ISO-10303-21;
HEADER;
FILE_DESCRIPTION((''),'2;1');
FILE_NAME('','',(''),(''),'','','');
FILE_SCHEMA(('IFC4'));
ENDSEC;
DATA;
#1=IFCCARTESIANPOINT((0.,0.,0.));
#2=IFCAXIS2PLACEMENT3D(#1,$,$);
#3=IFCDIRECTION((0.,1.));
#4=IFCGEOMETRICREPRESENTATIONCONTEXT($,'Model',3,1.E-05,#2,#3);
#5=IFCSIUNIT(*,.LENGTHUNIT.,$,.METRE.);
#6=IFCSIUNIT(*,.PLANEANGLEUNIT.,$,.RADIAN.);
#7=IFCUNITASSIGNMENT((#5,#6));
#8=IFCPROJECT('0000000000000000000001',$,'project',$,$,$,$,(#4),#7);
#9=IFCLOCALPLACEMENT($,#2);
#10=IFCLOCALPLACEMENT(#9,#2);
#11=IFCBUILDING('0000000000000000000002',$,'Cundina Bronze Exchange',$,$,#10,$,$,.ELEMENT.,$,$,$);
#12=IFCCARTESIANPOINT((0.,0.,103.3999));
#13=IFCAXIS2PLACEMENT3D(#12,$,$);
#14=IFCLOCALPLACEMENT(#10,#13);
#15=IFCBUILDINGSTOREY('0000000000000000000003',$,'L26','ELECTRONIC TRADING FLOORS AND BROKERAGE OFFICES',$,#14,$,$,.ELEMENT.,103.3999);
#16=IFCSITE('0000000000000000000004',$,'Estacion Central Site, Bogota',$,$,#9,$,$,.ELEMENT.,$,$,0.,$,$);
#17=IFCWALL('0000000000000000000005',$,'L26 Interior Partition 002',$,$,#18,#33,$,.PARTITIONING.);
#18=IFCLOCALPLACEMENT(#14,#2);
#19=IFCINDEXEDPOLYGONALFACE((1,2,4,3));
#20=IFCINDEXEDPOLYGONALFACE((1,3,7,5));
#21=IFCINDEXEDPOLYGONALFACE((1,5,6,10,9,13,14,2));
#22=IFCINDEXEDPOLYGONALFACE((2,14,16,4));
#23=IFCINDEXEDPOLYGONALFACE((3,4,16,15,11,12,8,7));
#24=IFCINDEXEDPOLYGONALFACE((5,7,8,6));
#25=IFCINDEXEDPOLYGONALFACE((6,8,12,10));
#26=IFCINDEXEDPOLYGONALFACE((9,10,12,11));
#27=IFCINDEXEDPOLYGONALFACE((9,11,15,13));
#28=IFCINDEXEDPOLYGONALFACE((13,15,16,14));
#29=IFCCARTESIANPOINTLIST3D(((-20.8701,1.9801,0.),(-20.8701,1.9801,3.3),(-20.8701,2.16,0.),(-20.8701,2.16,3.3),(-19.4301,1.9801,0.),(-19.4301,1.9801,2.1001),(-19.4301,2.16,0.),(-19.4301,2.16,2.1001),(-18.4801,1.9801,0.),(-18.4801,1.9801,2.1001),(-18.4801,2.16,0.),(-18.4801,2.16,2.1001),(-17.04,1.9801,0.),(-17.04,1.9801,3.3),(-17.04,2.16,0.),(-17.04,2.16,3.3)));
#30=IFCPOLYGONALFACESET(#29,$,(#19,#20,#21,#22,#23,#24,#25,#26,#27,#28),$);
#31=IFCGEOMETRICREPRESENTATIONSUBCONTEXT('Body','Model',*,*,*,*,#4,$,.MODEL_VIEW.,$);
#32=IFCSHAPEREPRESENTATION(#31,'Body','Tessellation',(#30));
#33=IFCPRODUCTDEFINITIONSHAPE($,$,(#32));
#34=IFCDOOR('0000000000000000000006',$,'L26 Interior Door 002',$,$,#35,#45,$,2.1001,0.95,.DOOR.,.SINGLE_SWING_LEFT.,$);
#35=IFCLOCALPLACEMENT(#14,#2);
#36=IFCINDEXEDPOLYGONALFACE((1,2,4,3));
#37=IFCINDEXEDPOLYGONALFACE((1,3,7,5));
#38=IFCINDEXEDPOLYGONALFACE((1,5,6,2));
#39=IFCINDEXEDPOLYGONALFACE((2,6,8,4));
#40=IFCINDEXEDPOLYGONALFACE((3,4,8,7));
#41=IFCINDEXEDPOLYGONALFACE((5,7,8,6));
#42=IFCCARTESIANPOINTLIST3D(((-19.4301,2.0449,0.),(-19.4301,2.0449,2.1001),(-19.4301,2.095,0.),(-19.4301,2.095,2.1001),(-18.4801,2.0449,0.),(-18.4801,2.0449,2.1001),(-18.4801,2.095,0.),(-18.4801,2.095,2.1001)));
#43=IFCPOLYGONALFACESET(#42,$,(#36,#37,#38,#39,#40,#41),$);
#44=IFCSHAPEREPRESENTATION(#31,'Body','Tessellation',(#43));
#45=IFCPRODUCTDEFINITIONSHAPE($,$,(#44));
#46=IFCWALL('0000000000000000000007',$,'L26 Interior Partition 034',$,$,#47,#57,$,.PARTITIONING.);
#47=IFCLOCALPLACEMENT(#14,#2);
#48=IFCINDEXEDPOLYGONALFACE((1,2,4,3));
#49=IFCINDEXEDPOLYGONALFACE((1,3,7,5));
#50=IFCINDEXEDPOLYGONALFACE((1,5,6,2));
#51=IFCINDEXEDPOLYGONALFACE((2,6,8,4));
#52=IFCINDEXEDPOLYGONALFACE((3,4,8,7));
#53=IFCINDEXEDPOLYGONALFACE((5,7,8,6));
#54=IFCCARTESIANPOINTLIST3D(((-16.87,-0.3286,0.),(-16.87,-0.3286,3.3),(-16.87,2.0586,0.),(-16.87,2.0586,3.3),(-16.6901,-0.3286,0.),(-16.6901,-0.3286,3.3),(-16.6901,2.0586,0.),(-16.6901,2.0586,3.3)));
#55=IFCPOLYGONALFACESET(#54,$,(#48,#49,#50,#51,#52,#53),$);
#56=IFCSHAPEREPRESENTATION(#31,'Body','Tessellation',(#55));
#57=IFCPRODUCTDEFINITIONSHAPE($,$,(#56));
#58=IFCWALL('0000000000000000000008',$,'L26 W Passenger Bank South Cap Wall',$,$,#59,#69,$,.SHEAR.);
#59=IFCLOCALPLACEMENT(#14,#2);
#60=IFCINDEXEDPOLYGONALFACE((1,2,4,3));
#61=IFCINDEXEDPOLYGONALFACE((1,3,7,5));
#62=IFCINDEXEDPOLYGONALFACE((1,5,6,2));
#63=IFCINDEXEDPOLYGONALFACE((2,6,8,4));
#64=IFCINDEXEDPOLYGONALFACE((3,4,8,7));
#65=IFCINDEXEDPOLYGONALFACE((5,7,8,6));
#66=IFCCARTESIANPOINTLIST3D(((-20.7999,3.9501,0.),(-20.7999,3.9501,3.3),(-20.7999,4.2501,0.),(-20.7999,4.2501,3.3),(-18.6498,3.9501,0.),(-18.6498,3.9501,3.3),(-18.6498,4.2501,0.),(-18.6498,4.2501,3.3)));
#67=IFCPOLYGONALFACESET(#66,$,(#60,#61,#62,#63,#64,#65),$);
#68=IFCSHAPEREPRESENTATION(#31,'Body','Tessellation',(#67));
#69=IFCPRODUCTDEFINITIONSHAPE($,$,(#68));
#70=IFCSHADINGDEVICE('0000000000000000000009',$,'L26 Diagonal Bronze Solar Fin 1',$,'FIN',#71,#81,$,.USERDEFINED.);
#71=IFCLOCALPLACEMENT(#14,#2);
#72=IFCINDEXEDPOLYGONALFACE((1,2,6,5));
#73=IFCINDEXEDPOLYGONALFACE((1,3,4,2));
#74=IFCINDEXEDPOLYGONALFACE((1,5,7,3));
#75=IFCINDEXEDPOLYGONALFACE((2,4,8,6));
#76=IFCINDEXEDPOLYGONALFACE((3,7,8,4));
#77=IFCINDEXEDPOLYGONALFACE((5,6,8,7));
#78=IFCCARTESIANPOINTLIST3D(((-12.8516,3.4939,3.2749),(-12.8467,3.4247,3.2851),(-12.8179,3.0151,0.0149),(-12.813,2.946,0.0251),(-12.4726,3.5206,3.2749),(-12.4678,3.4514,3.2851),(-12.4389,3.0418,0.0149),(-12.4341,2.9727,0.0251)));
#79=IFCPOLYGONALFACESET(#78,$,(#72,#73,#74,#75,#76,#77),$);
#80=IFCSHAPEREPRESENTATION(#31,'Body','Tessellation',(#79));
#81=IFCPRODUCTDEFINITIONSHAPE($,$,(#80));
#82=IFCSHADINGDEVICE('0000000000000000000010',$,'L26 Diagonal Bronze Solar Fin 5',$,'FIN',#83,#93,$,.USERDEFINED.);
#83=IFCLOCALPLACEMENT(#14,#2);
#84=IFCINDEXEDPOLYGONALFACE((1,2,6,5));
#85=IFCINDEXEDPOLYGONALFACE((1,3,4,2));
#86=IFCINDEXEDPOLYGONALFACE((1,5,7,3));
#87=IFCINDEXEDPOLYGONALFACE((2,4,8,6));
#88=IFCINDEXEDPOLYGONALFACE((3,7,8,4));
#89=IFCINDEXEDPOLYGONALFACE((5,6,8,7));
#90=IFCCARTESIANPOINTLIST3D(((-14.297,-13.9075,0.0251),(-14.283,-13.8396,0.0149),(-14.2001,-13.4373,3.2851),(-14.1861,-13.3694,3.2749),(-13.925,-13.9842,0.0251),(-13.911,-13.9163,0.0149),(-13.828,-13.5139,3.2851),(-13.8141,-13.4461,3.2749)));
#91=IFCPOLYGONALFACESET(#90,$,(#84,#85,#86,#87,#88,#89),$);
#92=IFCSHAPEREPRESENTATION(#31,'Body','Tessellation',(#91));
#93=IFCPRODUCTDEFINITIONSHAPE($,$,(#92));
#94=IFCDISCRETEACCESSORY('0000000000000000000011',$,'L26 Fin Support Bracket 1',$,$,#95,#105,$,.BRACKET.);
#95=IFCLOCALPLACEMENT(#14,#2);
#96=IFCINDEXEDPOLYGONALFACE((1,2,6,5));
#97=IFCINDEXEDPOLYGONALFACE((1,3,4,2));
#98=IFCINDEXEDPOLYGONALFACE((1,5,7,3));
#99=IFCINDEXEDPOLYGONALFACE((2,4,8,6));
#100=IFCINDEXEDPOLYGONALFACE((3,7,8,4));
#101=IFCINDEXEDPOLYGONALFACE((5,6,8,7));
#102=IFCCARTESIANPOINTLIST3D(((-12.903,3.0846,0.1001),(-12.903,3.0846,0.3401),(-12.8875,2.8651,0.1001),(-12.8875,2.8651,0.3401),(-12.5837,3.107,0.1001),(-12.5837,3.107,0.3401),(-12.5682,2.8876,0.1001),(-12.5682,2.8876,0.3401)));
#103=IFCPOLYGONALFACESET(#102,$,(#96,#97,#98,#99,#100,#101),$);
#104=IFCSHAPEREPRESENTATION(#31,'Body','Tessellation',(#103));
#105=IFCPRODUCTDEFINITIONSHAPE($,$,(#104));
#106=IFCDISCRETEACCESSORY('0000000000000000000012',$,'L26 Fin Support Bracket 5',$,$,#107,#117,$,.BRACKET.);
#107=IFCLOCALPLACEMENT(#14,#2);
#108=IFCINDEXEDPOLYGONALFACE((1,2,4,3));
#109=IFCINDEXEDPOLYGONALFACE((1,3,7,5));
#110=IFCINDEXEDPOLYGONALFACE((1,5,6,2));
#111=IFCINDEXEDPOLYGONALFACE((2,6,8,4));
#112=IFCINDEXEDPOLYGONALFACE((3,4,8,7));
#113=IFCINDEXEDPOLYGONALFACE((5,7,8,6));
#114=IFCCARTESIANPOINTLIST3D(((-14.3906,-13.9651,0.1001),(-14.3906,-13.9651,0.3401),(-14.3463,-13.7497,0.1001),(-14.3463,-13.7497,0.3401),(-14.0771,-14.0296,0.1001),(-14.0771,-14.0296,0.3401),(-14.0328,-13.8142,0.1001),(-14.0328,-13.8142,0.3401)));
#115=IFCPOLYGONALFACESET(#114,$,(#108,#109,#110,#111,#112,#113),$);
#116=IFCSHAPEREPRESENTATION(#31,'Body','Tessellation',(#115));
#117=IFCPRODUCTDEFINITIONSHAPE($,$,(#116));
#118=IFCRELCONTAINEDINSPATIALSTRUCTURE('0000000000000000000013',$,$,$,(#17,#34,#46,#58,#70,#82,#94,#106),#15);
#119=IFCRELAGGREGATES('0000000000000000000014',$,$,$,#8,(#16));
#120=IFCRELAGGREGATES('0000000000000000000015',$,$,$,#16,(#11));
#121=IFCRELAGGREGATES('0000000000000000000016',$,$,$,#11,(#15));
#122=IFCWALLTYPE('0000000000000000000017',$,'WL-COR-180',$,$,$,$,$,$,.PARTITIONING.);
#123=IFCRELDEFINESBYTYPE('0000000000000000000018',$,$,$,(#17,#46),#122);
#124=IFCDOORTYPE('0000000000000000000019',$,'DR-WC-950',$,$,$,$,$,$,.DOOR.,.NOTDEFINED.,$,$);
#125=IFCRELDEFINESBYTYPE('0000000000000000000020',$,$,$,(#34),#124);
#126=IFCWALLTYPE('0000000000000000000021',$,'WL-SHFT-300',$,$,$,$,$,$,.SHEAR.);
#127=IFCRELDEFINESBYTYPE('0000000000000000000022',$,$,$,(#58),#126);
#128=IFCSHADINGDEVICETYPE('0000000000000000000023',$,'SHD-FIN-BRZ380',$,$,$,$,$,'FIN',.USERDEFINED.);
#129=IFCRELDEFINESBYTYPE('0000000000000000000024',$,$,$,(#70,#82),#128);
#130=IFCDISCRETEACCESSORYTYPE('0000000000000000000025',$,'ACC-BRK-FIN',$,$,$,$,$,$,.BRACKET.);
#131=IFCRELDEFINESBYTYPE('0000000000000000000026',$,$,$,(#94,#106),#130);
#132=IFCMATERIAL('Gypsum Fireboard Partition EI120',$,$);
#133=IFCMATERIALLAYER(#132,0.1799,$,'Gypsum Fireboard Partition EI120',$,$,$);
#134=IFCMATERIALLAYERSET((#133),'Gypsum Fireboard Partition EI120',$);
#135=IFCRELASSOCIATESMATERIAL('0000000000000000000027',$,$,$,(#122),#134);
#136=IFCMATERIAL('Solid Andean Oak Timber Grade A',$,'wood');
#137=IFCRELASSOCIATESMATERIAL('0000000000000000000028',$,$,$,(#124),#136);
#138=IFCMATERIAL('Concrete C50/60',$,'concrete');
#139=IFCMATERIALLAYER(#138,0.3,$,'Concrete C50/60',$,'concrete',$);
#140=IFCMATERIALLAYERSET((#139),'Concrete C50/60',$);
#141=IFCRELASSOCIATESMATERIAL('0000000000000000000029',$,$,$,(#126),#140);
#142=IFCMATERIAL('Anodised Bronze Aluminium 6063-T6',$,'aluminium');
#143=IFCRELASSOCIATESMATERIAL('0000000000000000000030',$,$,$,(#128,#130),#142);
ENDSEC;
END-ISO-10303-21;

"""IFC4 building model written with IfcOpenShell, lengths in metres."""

from ifc_helpers import new_model, si_unit, direction, frame, frame_2d, origin, origin_2d, place, context, subcontext, project, spatial, rectangle, extrude, material, layer, layer_set, material_profile, profile_set, type_object, element, fill, save


model = new_model("IFC4")

# Units and contexts
model_context = context("Model", 3, precision=1e-05, world=origin(), true_north=direction((0.0, 1.0)))
body_context = subcontext(model_context, "Body", "Model", "MODEL_VIEW")
ifc_project = project(units=[si_unit("LENGTHUNIT", "METRE"), si_unit("PLANEANGLEUNIT", "RADIAN")], contexts=[model_context])

# Site, building, storey
site_placement = place(None, origin())
site = spatial("IfcSite", under=ifc_project, at=site_placement, Name="Estacion Central Site, Bogota", CompositionType="ELEMENT", RefElevation=0.0)
building_placement = place(site_placement, origin())
building = spatial("IfcBuilding", under=site, at=building_placement, Name="Cundina Bronze Exchange", CompositionType="ELEMENT")
storey_placement = place(building_placement, frame((0.0, 0.0, 103.3999)))
storey = spatial("IfcBuildingStorey", under=building, at=storey_placement, Name="L26", Description="ELECTRONIC TRADING FLOORS AND BROKERAGE OFFICES", CompositionType="ELEMENT", Elevation=103.3999)

# Shared definitions
ifc_material_1 = material(Name="Anodised Bronze Aluminium 6063-T6", Category="aluminium")

# Shared definitions
ifc_material_2 = material(Name="Concrete C50/60", Category="concrete")

# Shared definitions
ifc_material_3 = material(Name="Gypsum Fireboard Partition EI120")
ifc_layer_1 = layer(ifc_material_3, 0.1799, Name="Gypsum Fireboard Partition EI120")
ifc_layer_set_1 = layer_set([ifc_layer_1], Name="Gypsum Fireboard Partition EI120")
wall_type_1 = type_object("IfcWallType", Name="WL-COR-180", PredefinedType="PARTITIONING", material=ifc_layer_set_1)

# Wall, opening, door
wall_1_placement = place(storey_placement, frame((-20.8701, 2.0701, 0.0), z_axis=(0.0, 0.0, 1.0), x_axis=(1.0, 0.0, 0.0)))
wall_1 = element("IfcWall", 1, at=wall_1_placement, inside=storey, type_object=wall_type_1, Name="L26 Interior Partition 002", PredefinedType="PARTITIONING", context=body_context, shape_type="SweptSolid", body=[
    extrude(rectangle(XDim=3.8301, YDim=0.1799, at=frame_2d((1.915, 0.0))), origin(), (0.0, 0.0, 1.0), 3.3),
])
opening_placement = place(wall_1_placement, frame((1.4399, 0.0, 0.0)))
opening = element("IfcOpeningElement", 2, at=opening_placement, cuts=wall_1, PredefinedType="OPENING", context=body_context, shape_type="SweptSolid", body=[
    extrude(rectangle(XDim=0.95, YDim=2.1001, at=frame_2d((0.4751, 1.05))), frame((0.0, 0.0999, 0.0), z_axis=(0.0, -1.0, 0.0), x_axis=(1.0, 0.0, 0.0)), (0.0, 0.0, 1.0), 0.2),
])
ifc_material_4 = material(Name="Solid Andean Oak Timber Grade A", Category="wood")
door_type = type_object("IfcDoorType", Name="DR-WC-950", OperationType="NOTDEFINED", PredefinedType="DOOR", material=ifc_material_4)
door_placement = place(opening_placement, origin())
door = element("IfcDoor", 3, at=door_placement, inside=storey, type_object=door_type, Name="L26 Interior Door 002", OperationType="SINGLE_SWING_LEFT", OverallHeight=2.1001, OverallWidth=0.95, PredefinedType="DOOR", context=body_context, shape_type="SweptSolid", body=[
    extrude(rectangle(XDim=0.95, YDim=2.1001, at=frame_2d((0.4751, 1.05))), frame((0.0, 0.0249, 0.0), z_axis=(0.0, -1.0, 0.0), x_axis=(1.0, 0.0, 0.0)), (0.0, 0.0, 1.0), 0.05),
])
fill(opening, door)

# Walls
wall_2_placement = place(storey_placement, frame((-16.78, -0.3286, 0.0), z_axis=(0.0, 0.0, 1.0), x_axis=(0.0, 1.0, 0.0)))
element("IfcWall", 4, at=wall_2_placement, inside=storey, type_object=wall_type_1, Name="L26 Interior Partition 034", PredefinedType="PARTITIONING", context=body_context, shape_type="SweptSolid", body=[
    extrude(rectangle(XDim=2.3872, YDim=0.1799, at=frame_2d((1.1936, 0.0))), origin(), (0.0, 0.0, 1.0), 3.3),
])
ifc_layer_2 = layer(ifc_material_2, 0.3, Name="Concrete C50/60", Category="concrete")
ifc_layer_set_2 = layer_set([ifc_layer_2], Name="Concrete C50/60")
wall_type_2 = type_object("IfcWallType", Name="WL-SHFT-300", PredefinedType="SHEAR", material=ifc_layer_set_2)
wall_3_placement = place(storey_placement, frame((-20.8, 4.1001, 0.0), z_axis=(0.0, 0.0, 1.0), x_axis=(1.0, 0.0, 0.0)))
element("IfcWall", 5, at=wall_3_placement, inside=storey, type_object=wall_type_2, Name="L26 W Passenger Bank South Cap Wall", PredefinedType="SHEAR", context=body_context, shape_type="SweptSolid", body=[
    extrude(rectangle(XDim=2.1501, YDim=0.3, at=frame_2d((1.0752, 0.0))), origin(), (0.0, 0.0, 1.0), 3.3),
])

# Shading devices
ifc_material_profile_1 = material_profile(ifc_material_1, rectangle(XDim=0.0701, YDim=0.3799, at=origin_2d()), Name="FIN70X380", Category="aluminium")
ifc_profile_set_1 = profile_set([ifc_material_profile_1], Name="Anodised Bronze Aluminium 6063-T6")
shading_device_type = type_object("IfcShadingDeviceType", Name="SHD-FIN-BRZ380", ElementType="FIN", PredefinedType="USERDEFINED", material=ifc_profile_set_1)
for number, where, z_axis, x_axis, name in (
    (6, (-12.626, 2.9939, 0.02), (-0.010225, 0.145292, 0.989336), (0.06945, -0.986895, 0.145652), "L26 Diagonal Bronze Solar Fin 1"),
    (7, (-14.104, -13.9119, 0.02), (0.029414, 0.142698, 0.989329), (-0.199728, -0.968959, 0.145698), "L26 Diagonal Bronze Solar Fin 5"),
):
    element("IfcShadingDevice", number, at=place(storey_placement, frame(where, z_axis=z_axis, x_axis=x_axis)), inside=storey, type_object=shading_device_type, Name=name, ObjectType="FIN", PredefinedType="USERDEFINED", context=body_context, shape_type="SweptSolid", body=[
        extrude(rectangle(XDim=0.0701, YDim=0.3799, at=origin_2d()), origin(), (0.0, 0.0, 1.0), 3.2952),
    ])

# Discrete accessories
discrete_accessory_type = type_object("IfcDiscreteAccessoryType", Name="ACC-BRK-FIN", PredefinedType="BRACKET", material=ifc_material_1)
for number, where, z_axis, x_axis, name in (
    (8, (-12.7356, 2.9861, 0.1001), (0.0, 0.0, 1.0), (-0.070279, 0.997527, 0.0), "L26 Fin Support Bracket 1"),
    (9, (-14.2117, -13.8896, 0.1001), (0.0, 0.0, 1.0), (0.20142, 0.979505, 0.0), "L26 Fin Support Bracket 5"),
):
    element("IfcDiscreteAccessory", number, at=place(storey_placement, frame(where, z_axis=z_axis, x_axis=x_axis)), inside=storey, type_object=discrete_accessory_type, Name=name, PredefinedType="BRACKET", context=body_context, shape_type="SweptSolid", body=[
        extrude(rectangle(XDim=0.22, YDim=0.3201, at=origin_2d()), origin(), (0.0, 0.0, 1.0), 0.24),
    ])

save(model, "model.ifc")
